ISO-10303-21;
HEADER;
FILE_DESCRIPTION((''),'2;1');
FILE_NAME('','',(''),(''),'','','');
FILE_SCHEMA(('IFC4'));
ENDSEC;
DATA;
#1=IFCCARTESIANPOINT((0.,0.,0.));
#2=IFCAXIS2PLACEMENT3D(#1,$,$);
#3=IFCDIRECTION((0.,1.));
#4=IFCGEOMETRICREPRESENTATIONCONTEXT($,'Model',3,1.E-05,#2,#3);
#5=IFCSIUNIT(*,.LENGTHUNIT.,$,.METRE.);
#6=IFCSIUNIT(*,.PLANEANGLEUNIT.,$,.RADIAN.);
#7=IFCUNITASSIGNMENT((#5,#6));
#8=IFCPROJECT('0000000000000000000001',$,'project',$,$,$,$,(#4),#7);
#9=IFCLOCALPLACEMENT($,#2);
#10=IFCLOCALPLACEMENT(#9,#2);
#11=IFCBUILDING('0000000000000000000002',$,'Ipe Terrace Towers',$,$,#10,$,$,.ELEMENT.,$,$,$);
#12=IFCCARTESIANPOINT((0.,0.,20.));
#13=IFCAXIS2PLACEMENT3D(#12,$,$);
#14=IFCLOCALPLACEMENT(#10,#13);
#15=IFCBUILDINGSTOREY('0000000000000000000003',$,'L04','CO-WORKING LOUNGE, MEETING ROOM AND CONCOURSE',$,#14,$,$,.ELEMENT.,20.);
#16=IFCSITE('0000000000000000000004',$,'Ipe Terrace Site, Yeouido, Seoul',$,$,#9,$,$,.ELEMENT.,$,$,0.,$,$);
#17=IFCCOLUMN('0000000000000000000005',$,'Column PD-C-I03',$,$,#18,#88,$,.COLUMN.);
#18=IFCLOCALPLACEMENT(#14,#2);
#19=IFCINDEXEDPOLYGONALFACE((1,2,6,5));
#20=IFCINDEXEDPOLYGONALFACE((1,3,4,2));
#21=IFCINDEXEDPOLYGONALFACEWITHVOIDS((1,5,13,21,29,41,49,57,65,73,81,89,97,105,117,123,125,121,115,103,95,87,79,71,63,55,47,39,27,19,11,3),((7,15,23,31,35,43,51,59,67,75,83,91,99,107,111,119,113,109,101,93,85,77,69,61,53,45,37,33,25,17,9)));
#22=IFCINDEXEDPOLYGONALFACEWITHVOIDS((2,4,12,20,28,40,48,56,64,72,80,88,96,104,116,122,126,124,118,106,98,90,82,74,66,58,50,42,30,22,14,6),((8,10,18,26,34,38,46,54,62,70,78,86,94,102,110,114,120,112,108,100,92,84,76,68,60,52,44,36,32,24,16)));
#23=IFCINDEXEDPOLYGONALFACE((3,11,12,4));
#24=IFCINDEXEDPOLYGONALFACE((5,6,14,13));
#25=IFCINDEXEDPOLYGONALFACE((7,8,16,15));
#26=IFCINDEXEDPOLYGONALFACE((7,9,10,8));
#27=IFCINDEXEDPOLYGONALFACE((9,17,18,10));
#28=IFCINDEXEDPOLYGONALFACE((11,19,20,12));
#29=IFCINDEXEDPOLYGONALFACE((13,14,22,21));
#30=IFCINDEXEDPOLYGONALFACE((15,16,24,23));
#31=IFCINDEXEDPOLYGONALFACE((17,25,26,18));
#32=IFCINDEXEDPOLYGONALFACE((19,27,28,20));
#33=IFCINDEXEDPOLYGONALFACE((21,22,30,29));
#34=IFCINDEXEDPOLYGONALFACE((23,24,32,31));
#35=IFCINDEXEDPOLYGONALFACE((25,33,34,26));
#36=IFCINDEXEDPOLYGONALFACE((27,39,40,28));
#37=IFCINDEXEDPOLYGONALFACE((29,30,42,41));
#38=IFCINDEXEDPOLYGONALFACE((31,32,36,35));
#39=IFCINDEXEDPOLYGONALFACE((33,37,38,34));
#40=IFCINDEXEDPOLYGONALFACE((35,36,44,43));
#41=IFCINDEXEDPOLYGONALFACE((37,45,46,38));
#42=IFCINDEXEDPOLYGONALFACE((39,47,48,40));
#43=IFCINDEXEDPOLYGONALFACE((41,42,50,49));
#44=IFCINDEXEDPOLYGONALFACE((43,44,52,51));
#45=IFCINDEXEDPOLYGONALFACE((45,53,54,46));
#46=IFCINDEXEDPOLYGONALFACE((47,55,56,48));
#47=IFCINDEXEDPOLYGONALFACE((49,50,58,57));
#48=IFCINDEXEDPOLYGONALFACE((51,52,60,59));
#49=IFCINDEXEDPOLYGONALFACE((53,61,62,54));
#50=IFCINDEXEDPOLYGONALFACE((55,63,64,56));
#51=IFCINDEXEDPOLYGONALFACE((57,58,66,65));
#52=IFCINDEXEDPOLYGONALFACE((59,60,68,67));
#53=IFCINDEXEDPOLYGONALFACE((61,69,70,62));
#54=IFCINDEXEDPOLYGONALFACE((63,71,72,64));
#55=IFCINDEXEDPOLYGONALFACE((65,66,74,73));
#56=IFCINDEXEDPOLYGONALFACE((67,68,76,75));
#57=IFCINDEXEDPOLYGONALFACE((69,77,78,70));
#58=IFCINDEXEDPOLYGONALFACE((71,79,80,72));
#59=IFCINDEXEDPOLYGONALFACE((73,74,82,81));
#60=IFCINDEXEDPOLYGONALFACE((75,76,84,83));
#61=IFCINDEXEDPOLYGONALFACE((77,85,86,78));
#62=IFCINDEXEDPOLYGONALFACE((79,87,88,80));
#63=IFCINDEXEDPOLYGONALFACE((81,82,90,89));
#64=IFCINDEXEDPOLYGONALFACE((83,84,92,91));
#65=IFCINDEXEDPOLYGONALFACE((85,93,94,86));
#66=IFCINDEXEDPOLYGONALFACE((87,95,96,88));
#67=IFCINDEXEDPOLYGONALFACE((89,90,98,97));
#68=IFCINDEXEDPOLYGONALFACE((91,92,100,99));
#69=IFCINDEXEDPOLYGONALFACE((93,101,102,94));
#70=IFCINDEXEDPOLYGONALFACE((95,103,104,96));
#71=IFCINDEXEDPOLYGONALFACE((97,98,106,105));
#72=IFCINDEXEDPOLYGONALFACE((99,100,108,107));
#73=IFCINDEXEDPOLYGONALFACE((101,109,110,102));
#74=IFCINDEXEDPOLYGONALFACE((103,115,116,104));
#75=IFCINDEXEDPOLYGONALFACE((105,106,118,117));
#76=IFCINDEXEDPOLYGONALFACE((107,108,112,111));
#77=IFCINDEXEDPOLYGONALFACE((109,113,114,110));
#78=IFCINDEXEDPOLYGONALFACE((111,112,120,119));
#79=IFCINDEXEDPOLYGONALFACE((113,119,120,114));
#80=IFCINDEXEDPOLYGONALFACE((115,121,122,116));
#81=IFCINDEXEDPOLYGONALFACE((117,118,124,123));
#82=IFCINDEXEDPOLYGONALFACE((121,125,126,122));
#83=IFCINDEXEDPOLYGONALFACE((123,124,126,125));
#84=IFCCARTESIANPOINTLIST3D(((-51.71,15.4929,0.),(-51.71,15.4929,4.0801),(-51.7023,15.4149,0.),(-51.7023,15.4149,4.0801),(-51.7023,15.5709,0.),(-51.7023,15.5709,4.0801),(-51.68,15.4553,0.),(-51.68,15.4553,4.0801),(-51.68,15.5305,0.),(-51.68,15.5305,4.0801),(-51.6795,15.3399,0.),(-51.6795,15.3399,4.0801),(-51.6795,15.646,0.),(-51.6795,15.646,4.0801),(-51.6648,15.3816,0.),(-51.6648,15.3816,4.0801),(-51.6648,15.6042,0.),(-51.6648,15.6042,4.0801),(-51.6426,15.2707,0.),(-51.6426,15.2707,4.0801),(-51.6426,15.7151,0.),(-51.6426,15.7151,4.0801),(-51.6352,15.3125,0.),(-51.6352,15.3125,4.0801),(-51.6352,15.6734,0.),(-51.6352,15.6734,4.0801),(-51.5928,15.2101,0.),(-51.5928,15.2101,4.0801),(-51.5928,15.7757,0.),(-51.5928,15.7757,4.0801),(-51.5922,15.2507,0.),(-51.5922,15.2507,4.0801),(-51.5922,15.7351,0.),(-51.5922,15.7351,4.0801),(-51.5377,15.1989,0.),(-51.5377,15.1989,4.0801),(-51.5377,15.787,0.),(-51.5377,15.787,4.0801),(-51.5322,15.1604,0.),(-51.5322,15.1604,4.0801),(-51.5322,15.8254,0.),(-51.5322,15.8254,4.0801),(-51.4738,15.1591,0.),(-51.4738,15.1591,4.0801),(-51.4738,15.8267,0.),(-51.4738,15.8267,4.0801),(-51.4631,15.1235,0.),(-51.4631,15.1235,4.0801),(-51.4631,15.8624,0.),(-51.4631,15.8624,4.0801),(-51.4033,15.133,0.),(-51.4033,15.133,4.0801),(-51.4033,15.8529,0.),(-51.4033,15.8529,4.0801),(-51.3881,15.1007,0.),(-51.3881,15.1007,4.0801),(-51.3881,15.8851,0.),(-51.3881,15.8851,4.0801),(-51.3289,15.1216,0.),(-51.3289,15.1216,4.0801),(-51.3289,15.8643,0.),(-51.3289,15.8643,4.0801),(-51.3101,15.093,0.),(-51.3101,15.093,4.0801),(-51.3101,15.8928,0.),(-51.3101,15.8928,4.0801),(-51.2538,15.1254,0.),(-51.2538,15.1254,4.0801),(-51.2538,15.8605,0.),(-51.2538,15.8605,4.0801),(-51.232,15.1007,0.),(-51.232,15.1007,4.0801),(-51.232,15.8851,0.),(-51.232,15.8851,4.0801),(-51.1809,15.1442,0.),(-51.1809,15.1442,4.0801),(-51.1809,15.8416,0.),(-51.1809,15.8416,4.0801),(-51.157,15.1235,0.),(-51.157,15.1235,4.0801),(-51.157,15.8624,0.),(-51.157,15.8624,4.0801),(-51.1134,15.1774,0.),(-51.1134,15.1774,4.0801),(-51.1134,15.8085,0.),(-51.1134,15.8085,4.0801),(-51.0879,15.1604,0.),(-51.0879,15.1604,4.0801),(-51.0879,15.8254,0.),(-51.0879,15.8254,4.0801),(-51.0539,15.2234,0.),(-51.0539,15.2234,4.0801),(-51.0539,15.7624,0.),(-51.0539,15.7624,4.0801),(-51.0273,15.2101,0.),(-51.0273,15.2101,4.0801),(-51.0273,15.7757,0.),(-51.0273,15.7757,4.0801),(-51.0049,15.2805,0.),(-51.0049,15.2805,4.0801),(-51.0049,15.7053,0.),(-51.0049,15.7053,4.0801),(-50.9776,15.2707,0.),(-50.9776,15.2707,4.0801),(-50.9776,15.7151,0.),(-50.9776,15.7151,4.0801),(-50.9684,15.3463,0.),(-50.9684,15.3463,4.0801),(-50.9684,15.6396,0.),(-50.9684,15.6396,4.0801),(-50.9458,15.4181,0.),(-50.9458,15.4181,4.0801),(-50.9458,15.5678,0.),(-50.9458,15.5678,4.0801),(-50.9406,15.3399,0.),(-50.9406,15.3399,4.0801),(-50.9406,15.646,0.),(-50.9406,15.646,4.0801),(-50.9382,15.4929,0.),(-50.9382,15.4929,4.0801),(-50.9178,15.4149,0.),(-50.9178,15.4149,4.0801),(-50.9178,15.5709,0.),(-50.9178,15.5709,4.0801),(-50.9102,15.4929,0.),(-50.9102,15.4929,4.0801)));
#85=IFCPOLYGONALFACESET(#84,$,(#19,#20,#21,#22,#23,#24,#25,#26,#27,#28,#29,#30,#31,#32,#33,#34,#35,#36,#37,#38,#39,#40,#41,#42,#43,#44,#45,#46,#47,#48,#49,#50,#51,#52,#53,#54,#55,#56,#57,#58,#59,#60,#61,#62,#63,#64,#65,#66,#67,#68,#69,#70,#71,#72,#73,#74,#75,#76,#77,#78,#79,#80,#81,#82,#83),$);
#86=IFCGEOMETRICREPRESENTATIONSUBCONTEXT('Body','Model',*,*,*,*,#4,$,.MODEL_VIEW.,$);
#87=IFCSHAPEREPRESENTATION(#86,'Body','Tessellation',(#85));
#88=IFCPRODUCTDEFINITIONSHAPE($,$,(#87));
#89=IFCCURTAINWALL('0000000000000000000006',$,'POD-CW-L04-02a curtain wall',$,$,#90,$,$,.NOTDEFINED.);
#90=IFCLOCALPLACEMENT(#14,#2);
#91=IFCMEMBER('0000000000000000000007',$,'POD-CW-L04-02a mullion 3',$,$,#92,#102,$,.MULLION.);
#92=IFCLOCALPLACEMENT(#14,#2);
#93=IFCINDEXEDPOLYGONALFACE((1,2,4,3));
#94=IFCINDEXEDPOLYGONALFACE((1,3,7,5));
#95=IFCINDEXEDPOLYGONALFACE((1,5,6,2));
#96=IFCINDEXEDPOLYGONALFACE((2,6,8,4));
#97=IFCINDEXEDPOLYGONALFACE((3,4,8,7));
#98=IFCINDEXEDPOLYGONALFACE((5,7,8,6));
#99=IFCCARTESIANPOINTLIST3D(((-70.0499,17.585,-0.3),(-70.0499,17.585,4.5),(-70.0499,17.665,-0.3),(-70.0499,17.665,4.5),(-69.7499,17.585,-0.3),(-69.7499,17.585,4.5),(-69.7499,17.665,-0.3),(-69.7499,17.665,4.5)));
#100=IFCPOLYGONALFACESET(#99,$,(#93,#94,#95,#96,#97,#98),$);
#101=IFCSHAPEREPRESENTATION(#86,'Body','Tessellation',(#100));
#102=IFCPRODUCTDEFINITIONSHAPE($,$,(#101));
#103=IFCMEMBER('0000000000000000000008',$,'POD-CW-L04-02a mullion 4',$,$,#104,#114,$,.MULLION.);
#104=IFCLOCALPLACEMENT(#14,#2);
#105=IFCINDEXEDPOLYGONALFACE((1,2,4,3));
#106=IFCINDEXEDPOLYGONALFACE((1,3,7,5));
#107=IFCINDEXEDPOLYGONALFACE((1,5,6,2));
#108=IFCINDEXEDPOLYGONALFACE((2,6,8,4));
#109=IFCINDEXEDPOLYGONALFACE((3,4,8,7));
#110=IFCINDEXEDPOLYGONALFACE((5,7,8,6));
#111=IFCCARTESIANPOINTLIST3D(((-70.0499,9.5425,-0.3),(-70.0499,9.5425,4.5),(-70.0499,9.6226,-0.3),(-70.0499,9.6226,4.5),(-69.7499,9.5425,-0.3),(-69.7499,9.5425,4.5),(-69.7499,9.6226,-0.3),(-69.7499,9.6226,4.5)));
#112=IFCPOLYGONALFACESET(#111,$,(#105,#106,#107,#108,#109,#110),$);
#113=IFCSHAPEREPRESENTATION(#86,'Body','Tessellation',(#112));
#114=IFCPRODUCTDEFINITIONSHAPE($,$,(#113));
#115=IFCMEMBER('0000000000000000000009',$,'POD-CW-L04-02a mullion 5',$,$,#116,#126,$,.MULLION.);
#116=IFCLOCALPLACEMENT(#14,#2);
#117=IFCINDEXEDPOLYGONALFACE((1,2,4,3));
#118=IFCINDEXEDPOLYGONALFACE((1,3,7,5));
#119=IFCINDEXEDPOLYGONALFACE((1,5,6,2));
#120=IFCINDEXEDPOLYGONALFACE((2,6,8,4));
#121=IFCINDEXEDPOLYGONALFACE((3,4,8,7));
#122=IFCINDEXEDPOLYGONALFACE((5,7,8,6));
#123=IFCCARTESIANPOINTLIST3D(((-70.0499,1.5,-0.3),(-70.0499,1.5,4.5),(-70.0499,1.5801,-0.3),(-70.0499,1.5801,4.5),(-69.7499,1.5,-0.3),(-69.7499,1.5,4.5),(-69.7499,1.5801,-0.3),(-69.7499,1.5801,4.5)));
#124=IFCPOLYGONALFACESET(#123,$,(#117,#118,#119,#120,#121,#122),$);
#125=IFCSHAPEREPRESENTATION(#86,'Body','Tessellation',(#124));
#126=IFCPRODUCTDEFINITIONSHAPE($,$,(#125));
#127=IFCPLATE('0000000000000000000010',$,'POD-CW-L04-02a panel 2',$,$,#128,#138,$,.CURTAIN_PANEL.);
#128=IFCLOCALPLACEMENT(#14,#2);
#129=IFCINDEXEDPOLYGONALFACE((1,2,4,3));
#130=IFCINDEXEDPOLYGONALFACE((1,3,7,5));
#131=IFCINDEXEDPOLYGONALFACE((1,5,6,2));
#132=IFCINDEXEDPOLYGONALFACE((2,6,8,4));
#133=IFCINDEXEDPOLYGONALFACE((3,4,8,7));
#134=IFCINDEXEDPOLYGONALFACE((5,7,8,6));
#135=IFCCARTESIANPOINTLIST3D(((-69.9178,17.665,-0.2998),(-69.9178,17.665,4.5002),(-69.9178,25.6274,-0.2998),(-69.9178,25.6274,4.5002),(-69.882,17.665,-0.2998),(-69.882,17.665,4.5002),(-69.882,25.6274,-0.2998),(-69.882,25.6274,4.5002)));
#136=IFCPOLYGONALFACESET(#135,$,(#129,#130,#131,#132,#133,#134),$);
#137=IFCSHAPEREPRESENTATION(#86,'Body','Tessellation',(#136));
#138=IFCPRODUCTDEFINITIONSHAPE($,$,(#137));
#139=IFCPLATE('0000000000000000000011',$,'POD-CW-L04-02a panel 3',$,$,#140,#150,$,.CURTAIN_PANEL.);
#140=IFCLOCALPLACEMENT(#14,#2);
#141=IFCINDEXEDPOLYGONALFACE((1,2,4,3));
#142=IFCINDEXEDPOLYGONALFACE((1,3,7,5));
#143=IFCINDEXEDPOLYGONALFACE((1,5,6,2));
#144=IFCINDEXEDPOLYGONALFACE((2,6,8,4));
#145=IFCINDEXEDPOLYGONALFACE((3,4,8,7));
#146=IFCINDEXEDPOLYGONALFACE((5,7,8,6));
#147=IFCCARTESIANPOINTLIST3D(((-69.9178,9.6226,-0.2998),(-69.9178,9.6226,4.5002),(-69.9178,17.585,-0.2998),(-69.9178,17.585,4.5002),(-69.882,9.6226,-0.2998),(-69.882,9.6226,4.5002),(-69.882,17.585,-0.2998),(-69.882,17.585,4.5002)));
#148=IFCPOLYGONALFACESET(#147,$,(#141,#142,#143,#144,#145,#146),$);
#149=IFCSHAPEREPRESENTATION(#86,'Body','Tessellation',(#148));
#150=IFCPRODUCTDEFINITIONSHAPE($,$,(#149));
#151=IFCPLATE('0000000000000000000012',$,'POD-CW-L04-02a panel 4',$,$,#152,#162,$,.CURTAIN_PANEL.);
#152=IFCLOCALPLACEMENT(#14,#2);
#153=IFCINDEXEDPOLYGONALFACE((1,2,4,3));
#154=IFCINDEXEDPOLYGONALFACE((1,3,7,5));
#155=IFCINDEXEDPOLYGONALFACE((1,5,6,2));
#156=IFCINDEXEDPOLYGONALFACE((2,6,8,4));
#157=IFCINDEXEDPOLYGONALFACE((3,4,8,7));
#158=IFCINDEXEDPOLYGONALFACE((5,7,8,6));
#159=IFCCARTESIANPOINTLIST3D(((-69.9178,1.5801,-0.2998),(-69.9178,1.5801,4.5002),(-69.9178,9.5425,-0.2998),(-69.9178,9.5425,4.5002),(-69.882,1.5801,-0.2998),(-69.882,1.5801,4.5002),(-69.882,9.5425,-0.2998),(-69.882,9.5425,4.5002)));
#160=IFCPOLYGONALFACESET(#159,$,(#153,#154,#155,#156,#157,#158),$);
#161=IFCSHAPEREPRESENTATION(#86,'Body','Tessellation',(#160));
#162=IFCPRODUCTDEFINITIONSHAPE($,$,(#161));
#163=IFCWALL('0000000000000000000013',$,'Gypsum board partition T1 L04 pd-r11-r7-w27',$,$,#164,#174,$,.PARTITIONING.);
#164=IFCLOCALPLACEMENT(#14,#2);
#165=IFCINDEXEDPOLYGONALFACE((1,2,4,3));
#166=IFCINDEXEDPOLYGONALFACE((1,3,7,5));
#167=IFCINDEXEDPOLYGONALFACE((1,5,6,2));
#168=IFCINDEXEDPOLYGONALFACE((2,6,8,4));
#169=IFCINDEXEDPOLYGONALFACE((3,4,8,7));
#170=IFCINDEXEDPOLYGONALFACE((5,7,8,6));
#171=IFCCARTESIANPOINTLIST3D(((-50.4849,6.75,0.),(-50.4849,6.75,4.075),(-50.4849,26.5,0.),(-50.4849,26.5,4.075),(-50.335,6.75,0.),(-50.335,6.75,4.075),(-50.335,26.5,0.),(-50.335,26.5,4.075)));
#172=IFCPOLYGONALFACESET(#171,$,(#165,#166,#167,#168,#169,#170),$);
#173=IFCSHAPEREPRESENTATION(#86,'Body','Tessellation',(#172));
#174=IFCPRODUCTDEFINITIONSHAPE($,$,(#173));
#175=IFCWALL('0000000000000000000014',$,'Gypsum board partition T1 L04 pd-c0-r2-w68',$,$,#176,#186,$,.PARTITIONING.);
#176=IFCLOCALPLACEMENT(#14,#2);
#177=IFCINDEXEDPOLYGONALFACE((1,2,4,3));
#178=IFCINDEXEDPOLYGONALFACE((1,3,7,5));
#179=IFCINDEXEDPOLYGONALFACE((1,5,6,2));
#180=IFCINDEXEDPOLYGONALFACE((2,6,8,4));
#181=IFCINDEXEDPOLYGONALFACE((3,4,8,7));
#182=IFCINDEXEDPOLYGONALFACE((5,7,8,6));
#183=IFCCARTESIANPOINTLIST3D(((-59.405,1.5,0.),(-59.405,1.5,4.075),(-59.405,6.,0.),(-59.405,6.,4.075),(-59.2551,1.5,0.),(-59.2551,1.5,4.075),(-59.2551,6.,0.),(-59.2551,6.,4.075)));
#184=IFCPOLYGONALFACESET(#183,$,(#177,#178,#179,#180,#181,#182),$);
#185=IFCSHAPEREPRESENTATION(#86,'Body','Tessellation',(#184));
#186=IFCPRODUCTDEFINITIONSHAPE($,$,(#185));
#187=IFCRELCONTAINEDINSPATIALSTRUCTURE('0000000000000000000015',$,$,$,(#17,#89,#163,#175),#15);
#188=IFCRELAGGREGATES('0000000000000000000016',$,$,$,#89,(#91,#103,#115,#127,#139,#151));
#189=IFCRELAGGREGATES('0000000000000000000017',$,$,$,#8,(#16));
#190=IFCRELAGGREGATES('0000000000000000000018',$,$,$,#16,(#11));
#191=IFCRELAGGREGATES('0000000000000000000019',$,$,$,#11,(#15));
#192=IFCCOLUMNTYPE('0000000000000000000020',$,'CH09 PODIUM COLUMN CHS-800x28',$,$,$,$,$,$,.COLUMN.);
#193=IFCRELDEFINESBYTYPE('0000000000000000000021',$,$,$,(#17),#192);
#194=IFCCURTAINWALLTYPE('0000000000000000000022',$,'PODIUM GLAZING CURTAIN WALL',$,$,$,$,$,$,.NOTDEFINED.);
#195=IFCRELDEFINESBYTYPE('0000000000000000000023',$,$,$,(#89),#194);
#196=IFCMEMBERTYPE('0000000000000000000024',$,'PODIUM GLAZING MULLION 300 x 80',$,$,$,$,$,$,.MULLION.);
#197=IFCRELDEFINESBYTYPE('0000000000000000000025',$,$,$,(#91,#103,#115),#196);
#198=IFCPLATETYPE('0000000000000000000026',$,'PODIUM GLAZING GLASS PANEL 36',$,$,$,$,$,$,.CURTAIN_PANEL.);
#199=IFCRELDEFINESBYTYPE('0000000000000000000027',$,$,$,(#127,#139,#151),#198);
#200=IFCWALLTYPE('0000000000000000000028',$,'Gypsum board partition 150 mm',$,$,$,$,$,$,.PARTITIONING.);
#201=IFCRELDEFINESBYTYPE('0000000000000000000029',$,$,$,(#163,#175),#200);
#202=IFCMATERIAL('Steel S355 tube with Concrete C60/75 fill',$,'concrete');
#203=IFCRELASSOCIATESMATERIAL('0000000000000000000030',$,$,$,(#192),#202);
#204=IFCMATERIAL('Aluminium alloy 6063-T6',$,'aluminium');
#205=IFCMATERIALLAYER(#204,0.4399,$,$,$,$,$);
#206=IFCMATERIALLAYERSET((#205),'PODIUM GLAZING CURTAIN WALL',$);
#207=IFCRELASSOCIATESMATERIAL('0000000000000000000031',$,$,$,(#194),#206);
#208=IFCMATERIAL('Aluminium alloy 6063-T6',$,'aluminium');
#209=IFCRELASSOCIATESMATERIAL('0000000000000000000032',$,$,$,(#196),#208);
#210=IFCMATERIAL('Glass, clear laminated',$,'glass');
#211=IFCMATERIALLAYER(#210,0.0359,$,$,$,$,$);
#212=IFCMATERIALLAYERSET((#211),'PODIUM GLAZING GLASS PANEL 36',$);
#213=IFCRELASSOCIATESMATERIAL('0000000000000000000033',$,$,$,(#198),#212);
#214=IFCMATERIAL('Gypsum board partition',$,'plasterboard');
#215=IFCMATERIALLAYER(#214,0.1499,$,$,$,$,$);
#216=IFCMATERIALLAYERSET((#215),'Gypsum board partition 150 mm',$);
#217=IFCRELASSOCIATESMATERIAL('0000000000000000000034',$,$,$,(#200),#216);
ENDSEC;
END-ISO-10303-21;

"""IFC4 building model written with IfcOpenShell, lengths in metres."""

from ifc_helpers import new_model, si_unit, direction, frame, frame_2d, origin, origin_2d, place, context, subcontext, project, spatial, rectangle, hollow_circle, extrude, material, layer, layer_set, material_profile, profile_set, type_object, element, aggregate, save


model = new_model("IFC4")

# Units and contexts
model_context = context("Model", 3, precision=1e-05, world=origin(), true_north=direction((0.0, 1.0)))
body_context = subcontext(model_context, "Body", "Model", "MODEL_VIEW")
ifc_project = project(units=[si_unit("LENGTHUNIT", "METRE"), si_unit("PLANEANGLEUNIT", "RADIAN")], contexts=[model_context])

# Site, building, storey
site_placement = place(None, origin())
site = spatial("IfcSite", under=ifc_project, at=site_placement, Name="Ipe Terrace Site, Yeouido, Seoul", CompositionType="ELEMENT", RefElevation=0.0)
building_placement = place(site_placement, origin())
building = spatial("IfcBuilding", under=site, at=building_placement, Name="Ipe Terrace Towers", CompositionType="ELEMENT")
storey_placement = place(building_placement, frame((0.0, 0.0, 20.0)))
storey = spatial("IfcBuildingStorey", under=building, at=storey_placement, Name="L04", Description="CO-WORKING LOUNGE, MEETING ROOM AND CONCOURSE", CompositionType="ELEMENT", Elevation=20.0)

# Column
ifc_material_1 = material(Name="Steel S355 tube with Concrete C60/75 fill", Category="concrete")
ifc_material_profile_1 = material_profile(ifc_material_1, hollow_circle(Radius=0.3999, WallThickness=0.0281, at=origin_2d()), Name="CHS-800x28")
ifc_profile_set_1 = profile_set([ifc_material_profile_1], Name="Steel S355 tube with Concrete C60/75 fill")
column_type_1 = type_object("IfcColumnType", Name="CH09 PODIUM COLUMN CHS-800x28", PredefinedType="COLUMN", material=ifc_profile_set_1)
for number, where, z_axis, x_axis, name in (
    (1, (-51.3101, 15.4929, 0.0), (0.0, 0.0, 1.0), (1.0, 0.0, 0.0), "Column PD-C-I03"),
):
    element("IfcColumn", number, at=place(storey_placement, frame(where, z_axis=z_axis, x_axis=x_axis)), inside=storey, type_object=column_type_1, Name=name, PredefinedType="COLUMN", context=body_context, shape_type="SweptSolid", body=[
        extrude(hollow_circle(Radius=0.3999, WallThickness=0.0281, at=origin_2d()), origin(), (0.0, 0.0, 1.0), 4.0801),
    ])

# Curtain wall, members, plates
ifc_material_2 = material(Name="Aluminium alloy 6063-T6", Category="aluminium")
ifc_layer_1 = layer(ifc_material_2, 0.4399)
ifc_layer_set_1 = layer_set([ifc_layer_1], Name="PODIUM GLAZING CURTAIN WALL")
curtain_wall_type = type_object("IfcCurtainWallType", Name="PODIUM GLAZING CURTAIN WALL", PredefinedType="NOTDEFINED", material=ifc_layer_set_1)
curtain_wall_placement = place(storey_placement, origin())
curtain_wall = element("IfcCurtainWall", 2, at=curtain_wall_placement, inside=storey, type_object=curtain_wall_type, Name="POD-CW-L04-02a curtain wall", PredefinedType="NOTDEFINED")
ifc_material_3 = material(Name="Aluminium alloy 6063-T6", Category="aluminium")
ifc_material_profile_2 = material_profile(ifc_material_3, rectangle(XDim=0.3, YDim=0.0801, at=origin_2d()), Name="PODIUM GLAZING MULLION 300 x 80")
ifc_profile_set_2 = profile_set([ifc_material_profile_2], Name="Aluminium alloy 6063-T6")
member_type = type_object("IfcMemberType", Name="PODIUM GLAZING MULLION 300 x 80", PredefinedType="MULLION", material=ifc_profile_set_2)
member_1_placement = place(storey_placement, frame((-69.8999, 17.625, -0.3), z_axis=(0.0, 0.0, 1.0), x_axis=(-1.0, 0.0, 0.0)))
member_1 = element("IfcMember", 3, at=member_1_placement, type_object=member_type, Name="POD-CW-L04-02a mullion 3", PredefinedType="MULLION", context=body_context, shape_type="SweptSolid", body=[
    extrude(rectangle(XDim=0.3, YDim=0.0801, at=origin_2d()), origin(), (0.0, 0.0, 1.0), 4.8),
])
member_2_placement = place(storey_placement, frame((-69.8999, 9.5825, -0.3), z_axis=(0.0, 0.0, 1.0), x_axis=(-1.0, 0.0, 0.0)))
member_2 = element("IfcMember", 4, at=member_2_placement, type_object=member_type, Name="POD-CW-L04-02a mullion 4", PredefinedType="MULLION", context=body_context, shape_type="SweptSolid", body=[
    extrude(rectangle(XDim=0.3, YDim=0.0801, at=origin_2d()), origin(), (0.0, 0.0, 1.0), 4.8),
])
member_3_placement = place(storey_placement, frame((-69.8999, 1.54, -0.3), z_axis=(0.0, 0.0, 1.0), x_axis=(-1.0, 0.0, 0.0)))
member_3 = element("IfcMember", 5, at=member_3_placement, type_object=member_type, Name="POD-CW-L04-02a mullion 5", PredefinedType="MULLION", context=body_context, shape_type="SweptSolid", body=[
    extrude(rectangle(XDim=0.3, YDim=0.0801, at=origin_2d()), origin(), (0.0, 0.0, 1.0), 4.8),
])
ifc_material_4 = material(Name="Glass, clear laminated", Category="glass")
ifc_layer_2 = layer(ifc_material_4, 0.0359)
ifc_layer_set_2 = layer_set([ifc_layer_2], Name="PODIUM GLAZING GLASS PANEL 36")
plate_type = type_object("IfcPlateType", Name="PODIUM GLAZING GLASS PANEL 36", PredefinedType="CURTAIN_PANEL", material=ifc_layer_set_2)
plate_1_placement = place(storey_placement, frame((-69.8999, 21.6462, -0.2998), z_axis=(0.0, 0.0, 1.0), x_axis=(0.0, -1.0, 0.0)))
plate_1 = element("IfcPlate", 6, at=plate_1_placement, type_object=plate_type, Name="POD-CW-L04-02a panel 2", PredefinedType="CURTAIN_PANEL", context=body_context, shape_type="SweptSolid", body=[
    extrude(rectangle(XDim=7.9624, YDim=0.0359, at=origin_2d()), origin(), (0.0, 0.0, 1.0), 4.8),
])
plate_2_placement = place(storey_placement, frame((-69.8999, 13.6038, -0.2998), z_axis=(0.0, 0.0, 1.0), x_axis=(0.0, -1.0, 0.0)))
plate_2 = element("IfcPlate", 7, at=plate_2_placement, type_object=plate_type, Name="POD-CW-L04-02a panel 3", PredefinedType="CURTAIN_PANEL", context=body_context, shape_type="SweptSolid", body=[
    extrude(rectangle(XDim=7.9624, YDim=0.0359, at=origin_2d()), origin(), (0.0, 0.0, 1.0), 4.8),
])
plate_3_placement = place(storey_placement, frame((-69.8999, 5.5613, -0.2998), z_axis=(0.0, 0.0, 1.0), x_axis=(0.0, -1.0, 0.0)))
plate_3 = element("IfcPlate", 8, at=plate_3_placement, type_object=plate_type, Name="POD-CW-L04-02a panel 4", PredefinedType="CURTAIN_PANEL", context=body_context, shape_type="SweptSolid", body=[
    extrude(rectangle(XDim=7.9624, YDim=0.0359, at=origin_2d()), origin(), (0.0, 0.0, 1.0), 4.8),
])
aggregate(curtain_wall, [member_1, member_2, member_3, plate_1, plate_2, plate_3])

# Walls
ifc_material_5 = material(Name="Gypsum board partition", Category="plasterboard")
ifc_layer_3 = layer(ifc_material_5, 0.1499)
ifc_layer_set_3 = layer_set([ifc_layer_3], Name="Gypsum board partition 150 mm")
wall_type_1 = type_object("IfcWallType", Name="Gypsum board partition 150 mm", PredefinedType="PARTITIONING", material=ifc_layer_set_3)
wall_1_placement = place(storey_placement, frame((-50.4099, 6.75, 0.0), z_axis=(0.0, 0.0, 1.0), x_axis=(0.0, 1.0, 0.0)))
element("IfcWall", 9, at=wall_1_placement, inside=storey, type_object=wall_type_1, Name="Gypsum board partition T1 L04 pd-r11-r7-w27", PredefinedType="PARTITIONING", context=body_context, shape_type="SweptSolid", body=[
    extrude(rectangle(XDim=19.75, YDim=0.1499, at=frame_2d((9.875, 0.0))), origin(), (0.0, 0.0, 1.0), 4.075),
])
wall_2_placement = place(storey_placement, frame((-59.3301, 6.0, 0.0), z_axis=(0.0, 0.0, 1.0), x_axis=(0.0, -1.0, 0.0)))
element("IfcWall", 10, at=wall_2_placement, inside=storey, type_object=wall_type_1, Name="Gypsum board partition T1 L04 pd-c0-r2-w68", PredefinedType="PARTITIONING", context=body_context, shape_type="SweptSolid", body=[
    extrude(rectangle(XDim=4.5, YDim=0.1499, at=frame_2d((2.25, 0.0))), origin(), (0.0, 0.0, 1.0), 4.075),
])

save(model, "model.ifc")
